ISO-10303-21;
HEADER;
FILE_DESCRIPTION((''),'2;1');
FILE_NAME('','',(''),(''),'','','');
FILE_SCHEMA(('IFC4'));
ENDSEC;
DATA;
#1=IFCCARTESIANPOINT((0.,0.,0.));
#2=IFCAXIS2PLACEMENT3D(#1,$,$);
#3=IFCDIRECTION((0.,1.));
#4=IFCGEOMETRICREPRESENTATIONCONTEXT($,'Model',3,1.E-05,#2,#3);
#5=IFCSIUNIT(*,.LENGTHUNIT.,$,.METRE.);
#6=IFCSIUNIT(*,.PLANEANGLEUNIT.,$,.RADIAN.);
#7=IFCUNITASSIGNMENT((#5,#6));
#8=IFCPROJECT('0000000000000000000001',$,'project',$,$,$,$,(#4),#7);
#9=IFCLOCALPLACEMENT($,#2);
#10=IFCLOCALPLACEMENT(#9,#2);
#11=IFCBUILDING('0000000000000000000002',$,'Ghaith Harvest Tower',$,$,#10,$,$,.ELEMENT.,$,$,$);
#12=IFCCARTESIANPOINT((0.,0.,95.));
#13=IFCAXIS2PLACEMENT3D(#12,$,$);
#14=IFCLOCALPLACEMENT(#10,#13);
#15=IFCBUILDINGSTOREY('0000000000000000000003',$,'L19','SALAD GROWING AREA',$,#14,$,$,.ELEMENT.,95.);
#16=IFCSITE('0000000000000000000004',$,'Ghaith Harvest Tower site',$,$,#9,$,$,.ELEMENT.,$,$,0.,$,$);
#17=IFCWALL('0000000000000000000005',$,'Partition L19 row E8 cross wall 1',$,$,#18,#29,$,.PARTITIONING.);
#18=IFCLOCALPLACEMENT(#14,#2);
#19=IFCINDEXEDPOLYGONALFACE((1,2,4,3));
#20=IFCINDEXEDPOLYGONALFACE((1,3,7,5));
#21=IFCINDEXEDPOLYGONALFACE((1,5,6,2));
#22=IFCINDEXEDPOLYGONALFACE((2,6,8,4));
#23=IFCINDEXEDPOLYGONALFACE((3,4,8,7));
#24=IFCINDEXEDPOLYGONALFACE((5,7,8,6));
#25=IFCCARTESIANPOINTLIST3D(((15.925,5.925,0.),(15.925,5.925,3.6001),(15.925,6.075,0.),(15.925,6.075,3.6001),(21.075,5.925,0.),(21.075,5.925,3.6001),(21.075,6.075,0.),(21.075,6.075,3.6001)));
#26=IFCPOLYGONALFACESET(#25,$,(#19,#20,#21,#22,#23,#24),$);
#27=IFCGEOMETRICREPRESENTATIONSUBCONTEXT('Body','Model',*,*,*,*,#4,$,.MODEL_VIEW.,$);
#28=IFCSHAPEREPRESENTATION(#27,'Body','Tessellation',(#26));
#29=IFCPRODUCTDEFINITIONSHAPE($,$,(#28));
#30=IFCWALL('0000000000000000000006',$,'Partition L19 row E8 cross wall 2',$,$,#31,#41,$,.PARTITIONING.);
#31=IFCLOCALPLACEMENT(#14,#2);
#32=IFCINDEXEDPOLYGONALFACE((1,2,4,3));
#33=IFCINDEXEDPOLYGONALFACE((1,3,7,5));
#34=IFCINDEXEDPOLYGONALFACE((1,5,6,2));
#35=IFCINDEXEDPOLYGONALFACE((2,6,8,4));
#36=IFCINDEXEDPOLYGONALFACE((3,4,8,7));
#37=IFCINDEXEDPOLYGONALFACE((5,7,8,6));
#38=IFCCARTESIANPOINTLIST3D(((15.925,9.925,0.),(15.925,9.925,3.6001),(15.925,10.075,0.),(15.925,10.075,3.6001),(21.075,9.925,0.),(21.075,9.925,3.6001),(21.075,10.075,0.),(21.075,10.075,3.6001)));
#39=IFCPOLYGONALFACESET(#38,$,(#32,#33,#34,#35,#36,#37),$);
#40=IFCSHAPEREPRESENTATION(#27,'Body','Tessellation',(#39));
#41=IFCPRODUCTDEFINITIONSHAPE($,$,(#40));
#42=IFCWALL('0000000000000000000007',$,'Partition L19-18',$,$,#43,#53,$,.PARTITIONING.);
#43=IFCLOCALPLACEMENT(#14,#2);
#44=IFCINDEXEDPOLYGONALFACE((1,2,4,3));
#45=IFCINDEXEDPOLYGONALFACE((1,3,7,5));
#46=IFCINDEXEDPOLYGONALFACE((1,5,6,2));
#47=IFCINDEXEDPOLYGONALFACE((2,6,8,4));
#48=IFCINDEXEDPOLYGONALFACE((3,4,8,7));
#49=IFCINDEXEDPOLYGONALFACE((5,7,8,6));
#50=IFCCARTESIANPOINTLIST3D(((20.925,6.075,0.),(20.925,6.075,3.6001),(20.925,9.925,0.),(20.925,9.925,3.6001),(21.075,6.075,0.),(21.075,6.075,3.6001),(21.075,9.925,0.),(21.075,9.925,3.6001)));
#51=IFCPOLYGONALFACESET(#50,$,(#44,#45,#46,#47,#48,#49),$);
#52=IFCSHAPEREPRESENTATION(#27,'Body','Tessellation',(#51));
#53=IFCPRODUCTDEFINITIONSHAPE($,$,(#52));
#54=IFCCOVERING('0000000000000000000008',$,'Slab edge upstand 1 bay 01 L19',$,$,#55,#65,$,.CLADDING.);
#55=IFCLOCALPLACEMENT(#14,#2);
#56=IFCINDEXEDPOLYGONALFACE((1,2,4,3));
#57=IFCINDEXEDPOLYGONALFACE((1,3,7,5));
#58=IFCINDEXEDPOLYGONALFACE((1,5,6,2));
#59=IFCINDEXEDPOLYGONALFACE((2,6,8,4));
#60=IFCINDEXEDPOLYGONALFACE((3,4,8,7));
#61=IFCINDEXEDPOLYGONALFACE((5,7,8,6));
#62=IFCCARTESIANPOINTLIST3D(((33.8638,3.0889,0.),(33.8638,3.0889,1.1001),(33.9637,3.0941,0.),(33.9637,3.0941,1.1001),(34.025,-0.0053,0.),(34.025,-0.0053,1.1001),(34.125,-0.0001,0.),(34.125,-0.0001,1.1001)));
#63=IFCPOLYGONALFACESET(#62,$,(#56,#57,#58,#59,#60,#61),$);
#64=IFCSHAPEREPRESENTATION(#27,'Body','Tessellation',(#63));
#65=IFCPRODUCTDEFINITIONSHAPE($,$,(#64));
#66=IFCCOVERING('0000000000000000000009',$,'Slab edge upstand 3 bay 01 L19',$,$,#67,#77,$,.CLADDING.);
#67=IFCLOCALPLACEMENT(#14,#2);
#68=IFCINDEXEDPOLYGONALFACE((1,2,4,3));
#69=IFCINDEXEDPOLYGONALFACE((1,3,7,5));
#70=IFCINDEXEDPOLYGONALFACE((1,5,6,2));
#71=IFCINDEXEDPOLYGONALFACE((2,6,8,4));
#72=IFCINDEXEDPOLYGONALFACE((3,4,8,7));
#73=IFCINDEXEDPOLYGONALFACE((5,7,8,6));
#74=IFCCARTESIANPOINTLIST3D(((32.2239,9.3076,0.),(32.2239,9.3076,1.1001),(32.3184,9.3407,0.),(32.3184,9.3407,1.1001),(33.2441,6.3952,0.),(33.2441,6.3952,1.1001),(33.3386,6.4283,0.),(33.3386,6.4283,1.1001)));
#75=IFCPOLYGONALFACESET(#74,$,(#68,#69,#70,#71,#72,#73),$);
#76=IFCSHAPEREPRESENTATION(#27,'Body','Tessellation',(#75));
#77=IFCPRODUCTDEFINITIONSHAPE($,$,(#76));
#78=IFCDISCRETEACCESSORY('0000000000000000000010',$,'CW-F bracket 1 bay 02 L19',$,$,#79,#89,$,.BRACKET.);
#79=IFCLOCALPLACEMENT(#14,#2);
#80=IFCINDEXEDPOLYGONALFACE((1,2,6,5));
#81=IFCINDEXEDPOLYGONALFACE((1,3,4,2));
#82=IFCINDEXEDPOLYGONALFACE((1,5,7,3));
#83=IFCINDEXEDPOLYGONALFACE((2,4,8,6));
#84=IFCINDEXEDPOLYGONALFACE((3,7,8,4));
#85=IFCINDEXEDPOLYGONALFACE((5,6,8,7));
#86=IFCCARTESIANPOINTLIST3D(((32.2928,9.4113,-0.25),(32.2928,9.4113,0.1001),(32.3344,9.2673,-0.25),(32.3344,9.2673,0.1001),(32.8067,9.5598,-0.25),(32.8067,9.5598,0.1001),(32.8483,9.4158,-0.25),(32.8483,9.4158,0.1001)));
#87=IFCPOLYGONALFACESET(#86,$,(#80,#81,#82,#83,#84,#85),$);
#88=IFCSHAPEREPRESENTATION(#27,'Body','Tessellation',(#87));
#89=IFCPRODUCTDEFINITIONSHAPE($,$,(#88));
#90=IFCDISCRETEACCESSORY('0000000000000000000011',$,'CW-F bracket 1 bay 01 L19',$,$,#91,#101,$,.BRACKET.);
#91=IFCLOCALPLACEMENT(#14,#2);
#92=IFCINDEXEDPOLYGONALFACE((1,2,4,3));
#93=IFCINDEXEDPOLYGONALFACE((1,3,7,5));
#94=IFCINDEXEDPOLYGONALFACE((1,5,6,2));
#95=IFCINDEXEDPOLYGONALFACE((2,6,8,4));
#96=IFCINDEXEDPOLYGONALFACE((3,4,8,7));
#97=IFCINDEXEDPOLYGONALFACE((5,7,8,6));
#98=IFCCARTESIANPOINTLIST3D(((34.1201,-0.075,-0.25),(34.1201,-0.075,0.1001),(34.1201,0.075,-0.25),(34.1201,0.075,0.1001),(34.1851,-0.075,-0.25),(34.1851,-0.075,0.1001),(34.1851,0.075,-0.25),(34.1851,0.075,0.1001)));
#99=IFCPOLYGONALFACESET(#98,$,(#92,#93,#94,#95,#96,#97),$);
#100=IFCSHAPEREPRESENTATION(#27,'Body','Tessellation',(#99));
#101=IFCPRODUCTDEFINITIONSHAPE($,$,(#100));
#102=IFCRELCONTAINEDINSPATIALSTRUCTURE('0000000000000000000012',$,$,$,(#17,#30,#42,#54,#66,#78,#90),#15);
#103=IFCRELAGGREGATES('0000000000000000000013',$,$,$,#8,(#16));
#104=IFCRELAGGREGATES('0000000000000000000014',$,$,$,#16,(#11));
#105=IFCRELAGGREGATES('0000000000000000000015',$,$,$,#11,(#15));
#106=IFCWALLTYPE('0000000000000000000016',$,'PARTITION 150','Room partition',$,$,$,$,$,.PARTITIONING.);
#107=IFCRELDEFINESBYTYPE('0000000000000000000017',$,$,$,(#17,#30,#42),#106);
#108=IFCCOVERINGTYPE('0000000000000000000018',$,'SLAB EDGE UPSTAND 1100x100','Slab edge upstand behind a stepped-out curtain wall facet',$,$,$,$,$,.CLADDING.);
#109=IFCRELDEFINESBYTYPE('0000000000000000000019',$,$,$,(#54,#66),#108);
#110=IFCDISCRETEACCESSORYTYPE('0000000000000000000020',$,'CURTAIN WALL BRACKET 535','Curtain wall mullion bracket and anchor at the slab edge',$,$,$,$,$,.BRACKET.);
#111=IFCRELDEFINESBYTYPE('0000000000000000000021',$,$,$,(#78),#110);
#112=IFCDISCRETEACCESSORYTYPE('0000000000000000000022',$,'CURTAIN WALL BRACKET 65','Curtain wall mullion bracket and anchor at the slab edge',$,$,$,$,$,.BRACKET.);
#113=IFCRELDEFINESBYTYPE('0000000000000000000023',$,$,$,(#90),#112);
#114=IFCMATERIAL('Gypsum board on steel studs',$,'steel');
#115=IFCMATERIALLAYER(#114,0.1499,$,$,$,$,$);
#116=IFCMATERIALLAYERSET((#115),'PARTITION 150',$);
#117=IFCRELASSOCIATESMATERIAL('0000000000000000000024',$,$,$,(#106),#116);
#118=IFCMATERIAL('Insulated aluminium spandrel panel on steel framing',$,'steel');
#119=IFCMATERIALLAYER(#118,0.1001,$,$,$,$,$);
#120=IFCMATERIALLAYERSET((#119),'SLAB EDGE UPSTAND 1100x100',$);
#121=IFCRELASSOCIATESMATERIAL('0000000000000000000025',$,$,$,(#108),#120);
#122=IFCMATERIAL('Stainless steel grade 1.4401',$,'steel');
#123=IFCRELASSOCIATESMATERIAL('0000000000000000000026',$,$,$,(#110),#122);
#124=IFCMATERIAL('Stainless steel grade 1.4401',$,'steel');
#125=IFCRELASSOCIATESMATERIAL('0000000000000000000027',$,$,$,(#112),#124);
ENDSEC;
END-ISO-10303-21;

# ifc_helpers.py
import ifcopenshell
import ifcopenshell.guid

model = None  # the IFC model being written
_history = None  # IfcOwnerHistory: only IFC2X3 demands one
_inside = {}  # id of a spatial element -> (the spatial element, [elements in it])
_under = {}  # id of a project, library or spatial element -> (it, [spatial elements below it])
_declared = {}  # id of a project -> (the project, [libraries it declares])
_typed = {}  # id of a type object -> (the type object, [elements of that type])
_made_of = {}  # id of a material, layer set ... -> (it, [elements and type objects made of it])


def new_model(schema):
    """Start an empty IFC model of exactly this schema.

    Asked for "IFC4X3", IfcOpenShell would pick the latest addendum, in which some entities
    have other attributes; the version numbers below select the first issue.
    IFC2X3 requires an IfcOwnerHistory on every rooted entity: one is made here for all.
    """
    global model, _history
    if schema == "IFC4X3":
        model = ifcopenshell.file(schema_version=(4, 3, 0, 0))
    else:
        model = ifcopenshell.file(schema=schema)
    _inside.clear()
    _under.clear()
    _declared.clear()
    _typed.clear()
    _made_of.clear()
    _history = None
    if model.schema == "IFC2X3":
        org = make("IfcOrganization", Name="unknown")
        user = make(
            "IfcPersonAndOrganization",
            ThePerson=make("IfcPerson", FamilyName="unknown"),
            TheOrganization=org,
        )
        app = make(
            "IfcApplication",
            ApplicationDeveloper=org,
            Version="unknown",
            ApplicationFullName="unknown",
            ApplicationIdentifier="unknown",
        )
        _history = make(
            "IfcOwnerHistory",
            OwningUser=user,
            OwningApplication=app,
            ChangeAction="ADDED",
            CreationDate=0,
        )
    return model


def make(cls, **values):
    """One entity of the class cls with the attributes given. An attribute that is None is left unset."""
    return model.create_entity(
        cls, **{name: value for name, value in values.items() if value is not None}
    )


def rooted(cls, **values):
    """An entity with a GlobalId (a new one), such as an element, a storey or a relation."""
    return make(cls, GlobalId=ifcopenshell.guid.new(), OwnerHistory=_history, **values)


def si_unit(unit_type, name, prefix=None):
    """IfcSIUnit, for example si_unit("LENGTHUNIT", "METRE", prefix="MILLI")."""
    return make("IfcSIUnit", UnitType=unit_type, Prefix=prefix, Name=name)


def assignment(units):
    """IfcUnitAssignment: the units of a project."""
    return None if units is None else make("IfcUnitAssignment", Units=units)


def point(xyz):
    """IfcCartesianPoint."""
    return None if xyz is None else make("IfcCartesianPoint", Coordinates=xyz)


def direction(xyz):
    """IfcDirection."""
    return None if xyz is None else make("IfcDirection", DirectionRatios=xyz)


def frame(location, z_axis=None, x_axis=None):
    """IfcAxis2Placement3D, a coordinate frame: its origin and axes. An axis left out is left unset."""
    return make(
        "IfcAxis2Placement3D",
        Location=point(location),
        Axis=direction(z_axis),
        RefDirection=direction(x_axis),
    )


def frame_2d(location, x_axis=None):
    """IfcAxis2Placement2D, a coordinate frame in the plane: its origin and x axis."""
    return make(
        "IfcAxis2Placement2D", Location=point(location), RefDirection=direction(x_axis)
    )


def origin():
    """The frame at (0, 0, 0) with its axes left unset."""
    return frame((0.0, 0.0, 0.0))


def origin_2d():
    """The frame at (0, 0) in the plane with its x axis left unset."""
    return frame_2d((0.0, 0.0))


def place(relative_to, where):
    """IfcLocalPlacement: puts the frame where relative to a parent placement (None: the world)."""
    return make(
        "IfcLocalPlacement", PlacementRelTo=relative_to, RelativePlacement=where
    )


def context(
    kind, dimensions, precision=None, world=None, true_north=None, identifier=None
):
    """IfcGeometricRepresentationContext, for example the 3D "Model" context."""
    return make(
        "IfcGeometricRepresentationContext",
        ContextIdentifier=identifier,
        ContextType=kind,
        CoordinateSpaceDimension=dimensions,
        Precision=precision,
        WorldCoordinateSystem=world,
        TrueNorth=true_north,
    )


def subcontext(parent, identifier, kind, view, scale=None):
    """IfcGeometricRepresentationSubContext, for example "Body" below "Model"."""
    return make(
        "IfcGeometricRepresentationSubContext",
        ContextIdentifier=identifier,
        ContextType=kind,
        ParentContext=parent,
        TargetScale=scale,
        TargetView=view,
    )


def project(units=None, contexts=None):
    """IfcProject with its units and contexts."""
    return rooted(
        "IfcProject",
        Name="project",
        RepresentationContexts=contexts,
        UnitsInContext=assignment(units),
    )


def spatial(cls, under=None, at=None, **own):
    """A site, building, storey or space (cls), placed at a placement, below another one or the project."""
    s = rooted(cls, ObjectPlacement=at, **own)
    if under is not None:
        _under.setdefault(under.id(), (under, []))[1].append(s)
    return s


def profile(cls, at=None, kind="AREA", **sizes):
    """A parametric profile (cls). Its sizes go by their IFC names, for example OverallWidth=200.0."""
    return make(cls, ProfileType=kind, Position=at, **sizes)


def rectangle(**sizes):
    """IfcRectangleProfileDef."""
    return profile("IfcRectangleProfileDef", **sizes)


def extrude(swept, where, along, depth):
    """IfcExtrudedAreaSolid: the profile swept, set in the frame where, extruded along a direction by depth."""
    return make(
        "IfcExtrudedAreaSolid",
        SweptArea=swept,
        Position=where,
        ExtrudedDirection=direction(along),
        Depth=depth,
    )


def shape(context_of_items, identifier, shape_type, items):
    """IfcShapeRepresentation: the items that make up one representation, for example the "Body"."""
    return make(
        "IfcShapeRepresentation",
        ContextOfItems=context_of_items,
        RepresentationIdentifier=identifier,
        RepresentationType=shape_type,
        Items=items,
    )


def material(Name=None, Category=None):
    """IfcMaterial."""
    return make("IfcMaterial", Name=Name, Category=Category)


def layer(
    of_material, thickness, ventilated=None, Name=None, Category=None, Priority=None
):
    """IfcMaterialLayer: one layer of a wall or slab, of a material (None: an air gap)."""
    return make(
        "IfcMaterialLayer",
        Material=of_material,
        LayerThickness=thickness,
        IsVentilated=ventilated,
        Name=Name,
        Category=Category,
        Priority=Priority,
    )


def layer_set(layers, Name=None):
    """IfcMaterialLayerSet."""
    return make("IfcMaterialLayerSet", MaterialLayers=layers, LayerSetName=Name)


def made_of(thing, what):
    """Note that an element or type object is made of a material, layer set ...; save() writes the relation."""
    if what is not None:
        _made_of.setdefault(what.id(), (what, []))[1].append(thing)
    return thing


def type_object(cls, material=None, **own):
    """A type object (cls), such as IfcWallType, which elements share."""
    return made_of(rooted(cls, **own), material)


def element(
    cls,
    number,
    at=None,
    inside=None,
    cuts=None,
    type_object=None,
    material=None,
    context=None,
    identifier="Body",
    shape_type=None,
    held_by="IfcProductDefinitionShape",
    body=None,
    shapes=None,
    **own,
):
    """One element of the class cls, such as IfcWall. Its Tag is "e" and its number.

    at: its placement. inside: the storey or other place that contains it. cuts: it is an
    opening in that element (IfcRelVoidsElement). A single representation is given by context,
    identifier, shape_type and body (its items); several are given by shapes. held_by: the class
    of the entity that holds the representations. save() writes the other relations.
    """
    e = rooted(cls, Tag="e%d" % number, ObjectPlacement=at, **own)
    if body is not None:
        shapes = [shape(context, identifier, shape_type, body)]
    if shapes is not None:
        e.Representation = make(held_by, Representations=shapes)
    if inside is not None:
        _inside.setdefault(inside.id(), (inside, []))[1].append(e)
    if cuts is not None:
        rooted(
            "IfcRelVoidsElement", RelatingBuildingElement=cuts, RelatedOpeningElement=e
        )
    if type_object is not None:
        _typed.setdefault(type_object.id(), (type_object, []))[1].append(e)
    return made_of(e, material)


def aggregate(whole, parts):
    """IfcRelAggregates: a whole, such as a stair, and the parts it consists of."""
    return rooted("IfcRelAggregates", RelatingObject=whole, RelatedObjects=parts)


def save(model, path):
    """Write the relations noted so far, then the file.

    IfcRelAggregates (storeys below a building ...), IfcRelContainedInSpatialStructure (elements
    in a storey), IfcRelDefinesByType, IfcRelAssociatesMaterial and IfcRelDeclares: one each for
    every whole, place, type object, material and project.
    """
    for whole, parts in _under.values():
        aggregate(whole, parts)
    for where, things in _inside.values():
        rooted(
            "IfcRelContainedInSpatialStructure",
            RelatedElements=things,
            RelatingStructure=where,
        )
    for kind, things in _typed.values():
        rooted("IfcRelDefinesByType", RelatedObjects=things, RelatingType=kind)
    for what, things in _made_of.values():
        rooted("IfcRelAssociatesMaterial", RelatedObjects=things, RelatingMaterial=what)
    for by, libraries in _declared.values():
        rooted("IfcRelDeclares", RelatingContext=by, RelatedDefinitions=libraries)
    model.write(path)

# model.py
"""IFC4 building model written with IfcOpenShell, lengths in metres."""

from ifc_helpers import new_model, si_unit, direction, frame, frame_2d, origin, origin_2d, place, context, subcontext, project, spatial, rectangle, extrude, material, layer, layer_set, type_object, element, save


model = new_model("IFC4")

# Units and contexts
model_context = context("Model", 3, precision=1e-05, world=origin(), true_north=direction((0.0, 1.0)))
body_context = subcontext(model_context, "Body", "Model", "MODEL_VIEW")
ifc_project = project(units=[si_unit("LENGTHUNIT", "METRE"), si_unit("PLANEANGLEUNIT", "RADIAN")], contexts=[model_context])

# Site, building, storey
site_placement = place(None, origin())
site = spatial("IfcSite", under=ifc_project, at=site_placement, Name="Ghaith Harvest Tower site", CompositionType="ELEMENT", RefElevation=0.0)
building_placement = place(site_placement, origin())
building = spatial("IfcBuilding", under=site, at=building_placement, Name="Ghaith Harvest Tower", CompositionType="ELEMENT")
storey_placement = place(building_placement, frame((0.0, 0.0, 95.0)))
storey = spatial("IfcBuildingStorey", under=building, at=storey_placement, Name="L19", Description="SALAD GROWING AREA", CompositionType="ELEMENT", Elevation=95.0)

# Walls
ifc_material_1 = material(Name="Gypsum board on steel studs", Category="steel")
ifc_layer_1 = layer(ifc_material_1, 0.1499)
ifc_layer_set_1 = layer_set([ifc_layer_1], Name="PARTITION 150")
wall_type_1 = type_object("IfcWallType", Name="PARTITION 150", Description="Room partition", PredefinedType="PARTITIONING", material=ifc_layer_set_1)
for number, where, z_axis, x_axis, name in (
    (1, (15.925, 6.0, 0.0), (0.0, 0.0, 1.0), (1.0, 0.0, 0.0), "Partition L19 row E8 cross wall 1"),
    (2, (15.925, 10.0, 0.0), (0.0, 0.0, 1.0), (1.0, 0.0, 0.0), "Partition L19 row E8 cross wall 2"),
):
    element("IfcWall", number, at=place(storey_placement, frame(where, z_axis=z_axis, x_axis=x_axis)), inside=storey, type_object=wall_type_1, Name=name, PredefinedType="PARTITIONING", context=body_context, shape_type="SweptSolid", body=[
        extrude(rectangle(XDim=5.1499, YDim=0.1499, at=frame_2d((2.575, 0.0))), origin(), (0.0, 0.0, 1.0), 3.6001),
    ])

# Wall
wall_1_placement = place(storey_placement, frame((21.0, 6.075, 0.0), z_axis=(0.0, 0.0, 1.0), x_axis=(0.0, 1.0, 0.0)))
element("IfcWall", 3, at=wall_1_placement, inside=storey, type_object=wall_type_1, Name="Partition L19-18", PredefinedType="PARTITIONING", context=body_context, shape_type="SweptSolid", body=[
    extrude(rectangle(XDim=3.8501, YDim=0.1499, at=frame_2d((1.925, 0.0))), origin(), (0.0, 0.0, 1.0), 3.6001),
])

# Coverings
ifc_material_2 = material(Name="Insulated aluminium spandrel panel on steel framing", Category="steel")
ifc_layer_2 = layer(ifc_material_2, 0.1001)
ifc_layer_set_2 = layer_set([ifc_layer_2], Name="SLAB EDGE UPSTAND 1100x100")
covering_type = type_object("IfcCoveringType", Name="SLAB EDGE UPSTAND 1100x100", Description="Slab edge upstand behind a stepped-out curtain wall facet", PredefinedType="CLADDING", material=ifc_layer_set_2)
covering_1_placement = place(storey_placement, frame((33.9944, 1.5444, 0.0), z_axis=(0.0, 0.0, 1.0), x_axis=(-0.052049, 0.998645, 0.0)))
element("IfcCovering", 4, at=covering_1_placement, inside=storey, type_object=covering_type, Name="Slab edge upstand 1 bay 01 L19", PredefinedType="CLADDING", context=body_context, shape_type="SweptSolid", body=[
    extrude(rectangle(XDim=3.0984, YDim=0.1001, at=origin_2d()), origin(), (0.0, 0.0, 1.0), 1.1001),
])
covering_2_placement = place(storey_placement, frame((32.7812, 7.8679, 0.0), z_axis=(0.0, 0.0, 1.0), x_axis=(-0.330598, 0.943772, 0.0)))
element("IfcCovering", 5, at=covering_2_placement, inside=storey, type_object=covering_type, Name="Slab edge upstand 3 bay 01 L19", PredefinedType="CLADDING", context=body_context, shape_type="SweptSolid", body=[
    extrude(rectangle(XDim=3.0859, YDim=0.1001, at=origin_2d()), origin(), (0.0, 0.0, 1.0), 1.1001),
])

# Discrete accessories
ifc_material_3 = material(Name="Stainless steel grade 1.4401", Category="steel")
discrete_accessory_type_1 = type_object("IfcDiscreteAccessoryType", Name="CURTAIN WALL BRACKET 535", Description="Curtain wall mullion bracket and anchor at the slab edge", PredefinedType="BRACKET", material=ifc_material_3)
discrete_accessory_1_placement = place(storey_placement, frame((32.5706, 9.4136, -0.25), z_axis=(0.0, 0.0, 1.0), x_axis=(0.96068, 0.277657, 0.0)))
element("IfcDiscreteAccessory", 6, at=discrete_accessory_1_placement, inside=storey, type_object=discrete_accessory_type_1, Name="CW-F bracket 1 bay 02 L19", PredefinedType="BRACKET", context=body_context, shape_type="SweptSolid", body=[
    extrude(rectangle(XDim=0.5349, YDim=0.1499, at=origin_2d()), origin(), (0.0, 0.0, 1.0), 0.3501),
])
ifc_material_4 = material(Name="Stainless steel grade 1.4401", Category="steel")
discrete_accessory_type_2 = type_object("IfcDiscreteAccessoryType", Name="CURTAIN WALL BRACKET 65", Description="Curtain wall mullion bracket and anchor at the slab edge", PredefinedType="BRACKET", material=ifc_material_4)
discrete_accessory_2_placement = place(storey_placement, frame((34.1526, 0.0, -0.25), z_axis=(0.0, 0.0, 1.0), x_axis=(1.0, 0.0, 0.0)))
element("IfcDiscreteAccessory", 7, at=discrete_accessory_2_placement, inside=storey, type_object=discrete_accessory_type_2, Name="CW-F bracket 1 bay 01 L19", PredefinedType="BRACKET", context=body_context, shape_type="SweptSolid", body=[
    extrude(rectangle(XDim=0.0649, YDim=0.1499, at=origin_2d()), origin(), (0.0, 0.0, 1.0), 0.3501),
])

save(model, "model.ifc")
